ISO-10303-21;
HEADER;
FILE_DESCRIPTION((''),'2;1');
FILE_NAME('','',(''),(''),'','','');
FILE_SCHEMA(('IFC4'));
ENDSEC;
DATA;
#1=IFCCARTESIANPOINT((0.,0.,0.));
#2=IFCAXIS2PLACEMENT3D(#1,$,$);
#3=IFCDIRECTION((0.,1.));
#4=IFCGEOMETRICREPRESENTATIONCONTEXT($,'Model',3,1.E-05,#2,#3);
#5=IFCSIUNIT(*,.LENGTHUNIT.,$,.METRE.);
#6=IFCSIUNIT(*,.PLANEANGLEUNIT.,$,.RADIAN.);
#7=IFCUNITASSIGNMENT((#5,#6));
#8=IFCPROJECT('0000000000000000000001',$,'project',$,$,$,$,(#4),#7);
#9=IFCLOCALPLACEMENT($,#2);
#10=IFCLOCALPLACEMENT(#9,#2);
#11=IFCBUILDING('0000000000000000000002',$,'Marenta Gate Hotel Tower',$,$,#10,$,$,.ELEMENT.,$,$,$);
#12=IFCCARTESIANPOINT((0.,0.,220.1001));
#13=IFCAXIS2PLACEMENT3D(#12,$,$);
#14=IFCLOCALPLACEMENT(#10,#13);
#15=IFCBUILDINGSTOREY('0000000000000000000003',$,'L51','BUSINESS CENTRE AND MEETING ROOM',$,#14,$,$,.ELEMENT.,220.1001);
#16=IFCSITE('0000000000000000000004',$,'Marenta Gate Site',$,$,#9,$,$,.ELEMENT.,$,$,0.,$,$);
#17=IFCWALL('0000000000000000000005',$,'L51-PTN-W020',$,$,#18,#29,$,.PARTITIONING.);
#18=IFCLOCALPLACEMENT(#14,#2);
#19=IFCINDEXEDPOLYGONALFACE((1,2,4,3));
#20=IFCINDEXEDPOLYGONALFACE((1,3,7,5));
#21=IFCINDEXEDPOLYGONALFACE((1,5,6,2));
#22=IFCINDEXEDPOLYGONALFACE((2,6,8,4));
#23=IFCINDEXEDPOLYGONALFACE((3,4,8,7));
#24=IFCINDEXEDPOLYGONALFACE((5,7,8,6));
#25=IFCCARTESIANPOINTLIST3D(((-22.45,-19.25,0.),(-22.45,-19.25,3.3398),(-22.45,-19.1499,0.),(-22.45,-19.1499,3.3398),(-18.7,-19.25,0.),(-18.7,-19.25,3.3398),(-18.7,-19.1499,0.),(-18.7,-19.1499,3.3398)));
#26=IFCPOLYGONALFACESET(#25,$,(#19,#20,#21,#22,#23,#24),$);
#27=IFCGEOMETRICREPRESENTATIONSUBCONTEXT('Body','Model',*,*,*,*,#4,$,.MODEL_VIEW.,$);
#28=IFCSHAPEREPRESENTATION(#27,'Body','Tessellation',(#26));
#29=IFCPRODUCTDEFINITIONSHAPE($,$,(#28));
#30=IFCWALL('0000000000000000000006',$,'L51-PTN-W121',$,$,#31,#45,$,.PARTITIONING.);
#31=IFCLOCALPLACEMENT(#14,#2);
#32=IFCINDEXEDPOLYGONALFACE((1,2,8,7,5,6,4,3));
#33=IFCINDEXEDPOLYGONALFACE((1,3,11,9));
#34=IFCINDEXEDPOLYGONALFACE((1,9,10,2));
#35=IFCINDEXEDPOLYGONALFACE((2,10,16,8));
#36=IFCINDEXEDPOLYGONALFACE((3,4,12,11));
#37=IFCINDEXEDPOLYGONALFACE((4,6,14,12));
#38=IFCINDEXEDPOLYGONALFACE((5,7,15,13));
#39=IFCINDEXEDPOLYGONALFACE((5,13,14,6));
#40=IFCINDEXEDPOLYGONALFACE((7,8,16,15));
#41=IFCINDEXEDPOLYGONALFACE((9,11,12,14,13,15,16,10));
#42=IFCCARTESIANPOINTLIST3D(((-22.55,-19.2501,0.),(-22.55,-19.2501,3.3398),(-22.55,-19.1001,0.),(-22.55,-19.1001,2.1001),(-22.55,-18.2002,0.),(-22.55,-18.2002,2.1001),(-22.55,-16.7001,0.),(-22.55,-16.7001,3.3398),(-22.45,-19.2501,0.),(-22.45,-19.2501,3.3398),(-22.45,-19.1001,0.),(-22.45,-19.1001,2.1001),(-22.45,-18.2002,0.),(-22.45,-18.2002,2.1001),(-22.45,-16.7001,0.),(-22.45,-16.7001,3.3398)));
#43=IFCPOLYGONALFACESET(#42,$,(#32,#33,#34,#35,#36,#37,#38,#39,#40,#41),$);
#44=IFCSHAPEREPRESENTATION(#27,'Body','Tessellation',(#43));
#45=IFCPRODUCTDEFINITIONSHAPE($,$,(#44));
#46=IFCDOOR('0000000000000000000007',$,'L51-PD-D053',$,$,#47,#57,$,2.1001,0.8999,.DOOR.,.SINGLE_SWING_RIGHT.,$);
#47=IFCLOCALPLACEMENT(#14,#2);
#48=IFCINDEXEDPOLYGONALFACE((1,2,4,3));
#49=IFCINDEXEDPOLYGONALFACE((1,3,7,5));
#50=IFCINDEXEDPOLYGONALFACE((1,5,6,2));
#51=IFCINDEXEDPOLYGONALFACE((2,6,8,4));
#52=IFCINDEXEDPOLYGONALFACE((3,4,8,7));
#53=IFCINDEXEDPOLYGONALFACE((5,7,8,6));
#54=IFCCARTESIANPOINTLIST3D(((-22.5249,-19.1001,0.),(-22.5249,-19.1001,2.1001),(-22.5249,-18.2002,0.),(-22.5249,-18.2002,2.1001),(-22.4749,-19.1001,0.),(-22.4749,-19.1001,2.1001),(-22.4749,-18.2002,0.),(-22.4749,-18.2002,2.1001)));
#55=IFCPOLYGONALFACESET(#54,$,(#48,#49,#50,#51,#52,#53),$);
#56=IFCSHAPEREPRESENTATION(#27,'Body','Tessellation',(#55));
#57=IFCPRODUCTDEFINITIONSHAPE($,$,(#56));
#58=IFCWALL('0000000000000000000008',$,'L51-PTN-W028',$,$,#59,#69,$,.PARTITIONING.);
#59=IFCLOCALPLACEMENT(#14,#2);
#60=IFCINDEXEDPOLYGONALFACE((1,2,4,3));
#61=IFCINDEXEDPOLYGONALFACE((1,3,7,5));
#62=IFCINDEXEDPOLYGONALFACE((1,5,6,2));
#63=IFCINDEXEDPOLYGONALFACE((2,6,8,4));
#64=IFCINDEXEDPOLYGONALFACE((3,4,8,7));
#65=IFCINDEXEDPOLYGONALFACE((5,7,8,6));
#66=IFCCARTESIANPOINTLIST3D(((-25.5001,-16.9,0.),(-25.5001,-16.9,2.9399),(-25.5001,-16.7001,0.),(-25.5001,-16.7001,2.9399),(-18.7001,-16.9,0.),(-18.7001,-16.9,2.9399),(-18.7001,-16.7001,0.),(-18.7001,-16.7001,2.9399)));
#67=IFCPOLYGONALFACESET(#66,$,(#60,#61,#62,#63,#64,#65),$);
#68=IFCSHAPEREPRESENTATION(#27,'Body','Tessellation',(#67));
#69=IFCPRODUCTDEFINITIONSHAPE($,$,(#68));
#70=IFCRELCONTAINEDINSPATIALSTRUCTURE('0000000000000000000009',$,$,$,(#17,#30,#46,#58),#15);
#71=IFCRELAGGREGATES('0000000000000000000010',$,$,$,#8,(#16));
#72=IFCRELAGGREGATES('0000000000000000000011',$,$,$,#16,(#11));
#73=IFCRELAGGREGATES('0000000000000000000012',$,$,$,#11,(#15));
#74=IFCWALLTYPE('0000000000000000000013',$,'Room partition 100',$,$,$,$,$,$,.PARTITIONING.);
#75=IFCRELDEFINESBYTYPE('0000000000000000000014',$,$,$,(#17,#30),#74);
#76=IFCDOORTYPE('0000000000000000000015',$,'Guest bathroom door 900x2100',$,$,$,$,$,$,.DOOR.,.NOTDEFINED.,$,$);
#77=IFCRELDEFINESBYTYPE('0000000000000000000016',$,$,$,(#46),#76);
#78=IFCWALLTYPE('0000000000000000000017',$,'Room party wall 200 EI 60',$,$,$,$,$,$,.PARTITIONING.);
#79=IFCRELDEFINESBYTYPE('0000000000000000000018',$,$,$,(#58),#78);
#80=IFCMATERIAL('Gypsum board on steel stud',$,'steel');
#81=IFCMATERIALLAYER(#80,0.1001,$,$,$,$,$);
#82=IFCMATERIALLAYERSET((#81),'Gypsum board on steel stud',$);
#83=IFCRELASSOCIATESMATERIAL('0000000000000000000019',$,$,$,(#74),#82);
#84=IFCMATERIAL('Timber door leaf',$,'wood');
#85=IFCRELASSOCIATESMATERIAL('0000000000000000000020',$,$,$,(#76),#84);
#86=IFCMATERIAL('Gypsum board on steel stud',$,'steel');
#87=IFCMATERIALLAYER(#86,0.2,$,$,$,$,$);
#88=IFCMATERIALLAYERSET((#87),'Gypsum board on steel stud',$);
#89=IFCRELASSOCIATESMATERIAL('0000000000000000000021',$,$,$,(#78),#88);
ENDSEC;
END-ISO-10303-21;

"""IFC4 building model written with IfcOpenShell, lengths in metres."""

from ifc_helpers import new_model, si_unit, direction, frame, frame_2d, origin, place, context, subcontext, project, spatial, rectangle, extrude, material, layer, layer_set, type_object, element, fill, save


model = new_model("IFC4")

# Units and contexts
model_context = context("Model", 3, precision=1e-05, world=origin(), true_north=direction((0.0, 1.0)))
body_context = subcontext(model_context, "Body", "Model", "MODEL_VIEW")
ifc_project = project(units=[si_unit("LENGTHUNIT", "METRE"), si_unit("PLANEANGLEUNIT", "RADIAN")], contexts=[model_context])

# Site, building, storey
site_placement = place(None, origin())
site = spatial("IfcSite", under=ifc_project, at=site_placement, Name="Marenta Gate Site", CompositionType="ELEMENT", RefElevation=0.0)
building_placement = place(site_placement, origin())
building = spatial("IfcBuilding", under=site, at=building_placement, Name="Marenta Gate Hotel Tower", CompositionType="ELEMENT")
storey_placement = place(building_placement, frame((0.0, 0.0, 220.1001)))
storey = spatial("IfcBuildingStorey", under=building, at=storey_placement, Name="L51", Description="BUSINESS CENTRE AND MEETING ROOM", CompositionType="ELEMENT", Elevation=220.1001)

# Wall
ifc_material_1 = material(Name="Gypsum board on steel stud", Category="steel")
ifc_layer_1 = layer(ifc_material_1, 0.1001)
ifc_layer_set_1 = layer_set([ifc_layer_1], Name="Gypsum board on steel stud")
wall_type_1 = type_object("IfcWallType", Name="Room partition 100", PredefinedType="PARTITIONING", material=ifc_layer_set_1)
wall_1_placement = place(storey_placement, frame((-22.45, -19.2, 0.0), z_axis=(0.0, 0.0, 1.0), x_axis=(1.0, 0.0, 0.0)))
element("IfcWall", 1, at=wall_1_placement, inside=storey, type_object=wall_type_1, Name="L51-PTN-W020", PredefinedType="PARTITIONING", context=body_context, shape_type="SweptSolid", body=[
    extrude(rectangle(XDim=3.75, YDim=0.1001, at=frame_2d((1.875, 0.0))), origin(), (0.0, 0.0, 1.0), 3.3398),
])

# Wall, opening, door
wall_2_placement = place(storey_placement, frame((-22.5, -19.25, 0.0), z_axis=(0.0, 0.0, 1.0), x_axis=(0.0, 1.0, 0.0)))
wall_2 = element("IfcWall", 2, at=wall_2_placement, inside=storey, type_object=wall_type_1, Name="L51-PTN-W121", PredefinedType="PARTITIONING", context=body_context, shape_type="SweptSolid", body=[
    extrude(rectangle(XDim=2.55, YDim=0.1001, at=frame_2d((1.2749, 0.0))), origin(), (0.0, 0.0, 1.0), 3.3398),
])
opening_placement = place(wall_2_placement, frame((0.1499, 0.0, 0.0)))
opening = element("IfcOpeningElement", 3, at=opening_placement, cuts=wall_2, PredefinedType="OPENING", context=body_context, shape_type="SweptSolid", body=[
    extrude(rectangle(XDim=0.8999, YDim=2.1001, at=frame_2d((0.45, 1.05))), frame((0.0, 0.05, 0.0), z_axis=(0.0, -1.0, 0.0), x_axis=(1.0, 0.0, 0.0)), (0.0, 0.0, 1.0), 0.1001),
])
ifc_material_2 = material(Name="Timber door leaf", Category="wood")
door_type = type_object("IfcDoorType", Name="Guest bathroom door 900x2100", OperationType="NOTDEFINED", PredefinedType="DOOR", material=ifc_material_2)
door_placement = place(opening_placement, origin())
door = element("IfcDoor", 4, at=door_placement, inside=storey, type_object=door_type, Name="L51-PD-D053", OperationType="SINGLE_SWING_RIGHT", OverallHeight=2.1001, OverallWidth=0.8999, PredefinedType="DOOR", context=body_context, shape_type="SweptSolid", body=[
    extrude(rectangle(XDim=0.8999, YDim=2.1001, at=frame_2d((0.45, 1.05))), frame((0.0, 0.0249, 0.0), z_axis=(0.0, -1.0, 0.0), x_axis=(1.0, 0.0, 0.0)), (0.0, 0.0, 1.0), 0.05),
])
fill(opening, door)

# Wall
ifc_material_3 = material(Name="Gypsum board on steel stud", Category="steel")
ifc_layer_2 = layer(ifc_material_3, 0.2)
ifc_layer_set_2 = layer_set([ifc_layer_2], Name="Gypsum board on steel stud")
wall_type_2 = type_object("IfcWallType", Name="Room party wall 200 EI 60", PredefinedType="PARTITIONING", material=ifc_layer_set_2)
wall_3_placement = place(storey_placement, frame((-25.5, -16.8, 0.0), z_axis=(0.0, 0.0, 1.0), x_axis=(1.0, 0.0, 0.0)))
element("IfcWall", 5, at=wall_3_placement, inside=storey, type_object=wall_type_2, Name="L51-PTN-W028", PredefinedType="PARTITIONING", context=body_context, shape_type="SweptSolid", body=[
    extrude(rectangle(XDim=6.8, YDim=0.2, at=frame_2d((3.3999, 0.0))), origin(), (0.0, 0.0, 1.0), 2.9399),
])

save(model, "model.ifc")
